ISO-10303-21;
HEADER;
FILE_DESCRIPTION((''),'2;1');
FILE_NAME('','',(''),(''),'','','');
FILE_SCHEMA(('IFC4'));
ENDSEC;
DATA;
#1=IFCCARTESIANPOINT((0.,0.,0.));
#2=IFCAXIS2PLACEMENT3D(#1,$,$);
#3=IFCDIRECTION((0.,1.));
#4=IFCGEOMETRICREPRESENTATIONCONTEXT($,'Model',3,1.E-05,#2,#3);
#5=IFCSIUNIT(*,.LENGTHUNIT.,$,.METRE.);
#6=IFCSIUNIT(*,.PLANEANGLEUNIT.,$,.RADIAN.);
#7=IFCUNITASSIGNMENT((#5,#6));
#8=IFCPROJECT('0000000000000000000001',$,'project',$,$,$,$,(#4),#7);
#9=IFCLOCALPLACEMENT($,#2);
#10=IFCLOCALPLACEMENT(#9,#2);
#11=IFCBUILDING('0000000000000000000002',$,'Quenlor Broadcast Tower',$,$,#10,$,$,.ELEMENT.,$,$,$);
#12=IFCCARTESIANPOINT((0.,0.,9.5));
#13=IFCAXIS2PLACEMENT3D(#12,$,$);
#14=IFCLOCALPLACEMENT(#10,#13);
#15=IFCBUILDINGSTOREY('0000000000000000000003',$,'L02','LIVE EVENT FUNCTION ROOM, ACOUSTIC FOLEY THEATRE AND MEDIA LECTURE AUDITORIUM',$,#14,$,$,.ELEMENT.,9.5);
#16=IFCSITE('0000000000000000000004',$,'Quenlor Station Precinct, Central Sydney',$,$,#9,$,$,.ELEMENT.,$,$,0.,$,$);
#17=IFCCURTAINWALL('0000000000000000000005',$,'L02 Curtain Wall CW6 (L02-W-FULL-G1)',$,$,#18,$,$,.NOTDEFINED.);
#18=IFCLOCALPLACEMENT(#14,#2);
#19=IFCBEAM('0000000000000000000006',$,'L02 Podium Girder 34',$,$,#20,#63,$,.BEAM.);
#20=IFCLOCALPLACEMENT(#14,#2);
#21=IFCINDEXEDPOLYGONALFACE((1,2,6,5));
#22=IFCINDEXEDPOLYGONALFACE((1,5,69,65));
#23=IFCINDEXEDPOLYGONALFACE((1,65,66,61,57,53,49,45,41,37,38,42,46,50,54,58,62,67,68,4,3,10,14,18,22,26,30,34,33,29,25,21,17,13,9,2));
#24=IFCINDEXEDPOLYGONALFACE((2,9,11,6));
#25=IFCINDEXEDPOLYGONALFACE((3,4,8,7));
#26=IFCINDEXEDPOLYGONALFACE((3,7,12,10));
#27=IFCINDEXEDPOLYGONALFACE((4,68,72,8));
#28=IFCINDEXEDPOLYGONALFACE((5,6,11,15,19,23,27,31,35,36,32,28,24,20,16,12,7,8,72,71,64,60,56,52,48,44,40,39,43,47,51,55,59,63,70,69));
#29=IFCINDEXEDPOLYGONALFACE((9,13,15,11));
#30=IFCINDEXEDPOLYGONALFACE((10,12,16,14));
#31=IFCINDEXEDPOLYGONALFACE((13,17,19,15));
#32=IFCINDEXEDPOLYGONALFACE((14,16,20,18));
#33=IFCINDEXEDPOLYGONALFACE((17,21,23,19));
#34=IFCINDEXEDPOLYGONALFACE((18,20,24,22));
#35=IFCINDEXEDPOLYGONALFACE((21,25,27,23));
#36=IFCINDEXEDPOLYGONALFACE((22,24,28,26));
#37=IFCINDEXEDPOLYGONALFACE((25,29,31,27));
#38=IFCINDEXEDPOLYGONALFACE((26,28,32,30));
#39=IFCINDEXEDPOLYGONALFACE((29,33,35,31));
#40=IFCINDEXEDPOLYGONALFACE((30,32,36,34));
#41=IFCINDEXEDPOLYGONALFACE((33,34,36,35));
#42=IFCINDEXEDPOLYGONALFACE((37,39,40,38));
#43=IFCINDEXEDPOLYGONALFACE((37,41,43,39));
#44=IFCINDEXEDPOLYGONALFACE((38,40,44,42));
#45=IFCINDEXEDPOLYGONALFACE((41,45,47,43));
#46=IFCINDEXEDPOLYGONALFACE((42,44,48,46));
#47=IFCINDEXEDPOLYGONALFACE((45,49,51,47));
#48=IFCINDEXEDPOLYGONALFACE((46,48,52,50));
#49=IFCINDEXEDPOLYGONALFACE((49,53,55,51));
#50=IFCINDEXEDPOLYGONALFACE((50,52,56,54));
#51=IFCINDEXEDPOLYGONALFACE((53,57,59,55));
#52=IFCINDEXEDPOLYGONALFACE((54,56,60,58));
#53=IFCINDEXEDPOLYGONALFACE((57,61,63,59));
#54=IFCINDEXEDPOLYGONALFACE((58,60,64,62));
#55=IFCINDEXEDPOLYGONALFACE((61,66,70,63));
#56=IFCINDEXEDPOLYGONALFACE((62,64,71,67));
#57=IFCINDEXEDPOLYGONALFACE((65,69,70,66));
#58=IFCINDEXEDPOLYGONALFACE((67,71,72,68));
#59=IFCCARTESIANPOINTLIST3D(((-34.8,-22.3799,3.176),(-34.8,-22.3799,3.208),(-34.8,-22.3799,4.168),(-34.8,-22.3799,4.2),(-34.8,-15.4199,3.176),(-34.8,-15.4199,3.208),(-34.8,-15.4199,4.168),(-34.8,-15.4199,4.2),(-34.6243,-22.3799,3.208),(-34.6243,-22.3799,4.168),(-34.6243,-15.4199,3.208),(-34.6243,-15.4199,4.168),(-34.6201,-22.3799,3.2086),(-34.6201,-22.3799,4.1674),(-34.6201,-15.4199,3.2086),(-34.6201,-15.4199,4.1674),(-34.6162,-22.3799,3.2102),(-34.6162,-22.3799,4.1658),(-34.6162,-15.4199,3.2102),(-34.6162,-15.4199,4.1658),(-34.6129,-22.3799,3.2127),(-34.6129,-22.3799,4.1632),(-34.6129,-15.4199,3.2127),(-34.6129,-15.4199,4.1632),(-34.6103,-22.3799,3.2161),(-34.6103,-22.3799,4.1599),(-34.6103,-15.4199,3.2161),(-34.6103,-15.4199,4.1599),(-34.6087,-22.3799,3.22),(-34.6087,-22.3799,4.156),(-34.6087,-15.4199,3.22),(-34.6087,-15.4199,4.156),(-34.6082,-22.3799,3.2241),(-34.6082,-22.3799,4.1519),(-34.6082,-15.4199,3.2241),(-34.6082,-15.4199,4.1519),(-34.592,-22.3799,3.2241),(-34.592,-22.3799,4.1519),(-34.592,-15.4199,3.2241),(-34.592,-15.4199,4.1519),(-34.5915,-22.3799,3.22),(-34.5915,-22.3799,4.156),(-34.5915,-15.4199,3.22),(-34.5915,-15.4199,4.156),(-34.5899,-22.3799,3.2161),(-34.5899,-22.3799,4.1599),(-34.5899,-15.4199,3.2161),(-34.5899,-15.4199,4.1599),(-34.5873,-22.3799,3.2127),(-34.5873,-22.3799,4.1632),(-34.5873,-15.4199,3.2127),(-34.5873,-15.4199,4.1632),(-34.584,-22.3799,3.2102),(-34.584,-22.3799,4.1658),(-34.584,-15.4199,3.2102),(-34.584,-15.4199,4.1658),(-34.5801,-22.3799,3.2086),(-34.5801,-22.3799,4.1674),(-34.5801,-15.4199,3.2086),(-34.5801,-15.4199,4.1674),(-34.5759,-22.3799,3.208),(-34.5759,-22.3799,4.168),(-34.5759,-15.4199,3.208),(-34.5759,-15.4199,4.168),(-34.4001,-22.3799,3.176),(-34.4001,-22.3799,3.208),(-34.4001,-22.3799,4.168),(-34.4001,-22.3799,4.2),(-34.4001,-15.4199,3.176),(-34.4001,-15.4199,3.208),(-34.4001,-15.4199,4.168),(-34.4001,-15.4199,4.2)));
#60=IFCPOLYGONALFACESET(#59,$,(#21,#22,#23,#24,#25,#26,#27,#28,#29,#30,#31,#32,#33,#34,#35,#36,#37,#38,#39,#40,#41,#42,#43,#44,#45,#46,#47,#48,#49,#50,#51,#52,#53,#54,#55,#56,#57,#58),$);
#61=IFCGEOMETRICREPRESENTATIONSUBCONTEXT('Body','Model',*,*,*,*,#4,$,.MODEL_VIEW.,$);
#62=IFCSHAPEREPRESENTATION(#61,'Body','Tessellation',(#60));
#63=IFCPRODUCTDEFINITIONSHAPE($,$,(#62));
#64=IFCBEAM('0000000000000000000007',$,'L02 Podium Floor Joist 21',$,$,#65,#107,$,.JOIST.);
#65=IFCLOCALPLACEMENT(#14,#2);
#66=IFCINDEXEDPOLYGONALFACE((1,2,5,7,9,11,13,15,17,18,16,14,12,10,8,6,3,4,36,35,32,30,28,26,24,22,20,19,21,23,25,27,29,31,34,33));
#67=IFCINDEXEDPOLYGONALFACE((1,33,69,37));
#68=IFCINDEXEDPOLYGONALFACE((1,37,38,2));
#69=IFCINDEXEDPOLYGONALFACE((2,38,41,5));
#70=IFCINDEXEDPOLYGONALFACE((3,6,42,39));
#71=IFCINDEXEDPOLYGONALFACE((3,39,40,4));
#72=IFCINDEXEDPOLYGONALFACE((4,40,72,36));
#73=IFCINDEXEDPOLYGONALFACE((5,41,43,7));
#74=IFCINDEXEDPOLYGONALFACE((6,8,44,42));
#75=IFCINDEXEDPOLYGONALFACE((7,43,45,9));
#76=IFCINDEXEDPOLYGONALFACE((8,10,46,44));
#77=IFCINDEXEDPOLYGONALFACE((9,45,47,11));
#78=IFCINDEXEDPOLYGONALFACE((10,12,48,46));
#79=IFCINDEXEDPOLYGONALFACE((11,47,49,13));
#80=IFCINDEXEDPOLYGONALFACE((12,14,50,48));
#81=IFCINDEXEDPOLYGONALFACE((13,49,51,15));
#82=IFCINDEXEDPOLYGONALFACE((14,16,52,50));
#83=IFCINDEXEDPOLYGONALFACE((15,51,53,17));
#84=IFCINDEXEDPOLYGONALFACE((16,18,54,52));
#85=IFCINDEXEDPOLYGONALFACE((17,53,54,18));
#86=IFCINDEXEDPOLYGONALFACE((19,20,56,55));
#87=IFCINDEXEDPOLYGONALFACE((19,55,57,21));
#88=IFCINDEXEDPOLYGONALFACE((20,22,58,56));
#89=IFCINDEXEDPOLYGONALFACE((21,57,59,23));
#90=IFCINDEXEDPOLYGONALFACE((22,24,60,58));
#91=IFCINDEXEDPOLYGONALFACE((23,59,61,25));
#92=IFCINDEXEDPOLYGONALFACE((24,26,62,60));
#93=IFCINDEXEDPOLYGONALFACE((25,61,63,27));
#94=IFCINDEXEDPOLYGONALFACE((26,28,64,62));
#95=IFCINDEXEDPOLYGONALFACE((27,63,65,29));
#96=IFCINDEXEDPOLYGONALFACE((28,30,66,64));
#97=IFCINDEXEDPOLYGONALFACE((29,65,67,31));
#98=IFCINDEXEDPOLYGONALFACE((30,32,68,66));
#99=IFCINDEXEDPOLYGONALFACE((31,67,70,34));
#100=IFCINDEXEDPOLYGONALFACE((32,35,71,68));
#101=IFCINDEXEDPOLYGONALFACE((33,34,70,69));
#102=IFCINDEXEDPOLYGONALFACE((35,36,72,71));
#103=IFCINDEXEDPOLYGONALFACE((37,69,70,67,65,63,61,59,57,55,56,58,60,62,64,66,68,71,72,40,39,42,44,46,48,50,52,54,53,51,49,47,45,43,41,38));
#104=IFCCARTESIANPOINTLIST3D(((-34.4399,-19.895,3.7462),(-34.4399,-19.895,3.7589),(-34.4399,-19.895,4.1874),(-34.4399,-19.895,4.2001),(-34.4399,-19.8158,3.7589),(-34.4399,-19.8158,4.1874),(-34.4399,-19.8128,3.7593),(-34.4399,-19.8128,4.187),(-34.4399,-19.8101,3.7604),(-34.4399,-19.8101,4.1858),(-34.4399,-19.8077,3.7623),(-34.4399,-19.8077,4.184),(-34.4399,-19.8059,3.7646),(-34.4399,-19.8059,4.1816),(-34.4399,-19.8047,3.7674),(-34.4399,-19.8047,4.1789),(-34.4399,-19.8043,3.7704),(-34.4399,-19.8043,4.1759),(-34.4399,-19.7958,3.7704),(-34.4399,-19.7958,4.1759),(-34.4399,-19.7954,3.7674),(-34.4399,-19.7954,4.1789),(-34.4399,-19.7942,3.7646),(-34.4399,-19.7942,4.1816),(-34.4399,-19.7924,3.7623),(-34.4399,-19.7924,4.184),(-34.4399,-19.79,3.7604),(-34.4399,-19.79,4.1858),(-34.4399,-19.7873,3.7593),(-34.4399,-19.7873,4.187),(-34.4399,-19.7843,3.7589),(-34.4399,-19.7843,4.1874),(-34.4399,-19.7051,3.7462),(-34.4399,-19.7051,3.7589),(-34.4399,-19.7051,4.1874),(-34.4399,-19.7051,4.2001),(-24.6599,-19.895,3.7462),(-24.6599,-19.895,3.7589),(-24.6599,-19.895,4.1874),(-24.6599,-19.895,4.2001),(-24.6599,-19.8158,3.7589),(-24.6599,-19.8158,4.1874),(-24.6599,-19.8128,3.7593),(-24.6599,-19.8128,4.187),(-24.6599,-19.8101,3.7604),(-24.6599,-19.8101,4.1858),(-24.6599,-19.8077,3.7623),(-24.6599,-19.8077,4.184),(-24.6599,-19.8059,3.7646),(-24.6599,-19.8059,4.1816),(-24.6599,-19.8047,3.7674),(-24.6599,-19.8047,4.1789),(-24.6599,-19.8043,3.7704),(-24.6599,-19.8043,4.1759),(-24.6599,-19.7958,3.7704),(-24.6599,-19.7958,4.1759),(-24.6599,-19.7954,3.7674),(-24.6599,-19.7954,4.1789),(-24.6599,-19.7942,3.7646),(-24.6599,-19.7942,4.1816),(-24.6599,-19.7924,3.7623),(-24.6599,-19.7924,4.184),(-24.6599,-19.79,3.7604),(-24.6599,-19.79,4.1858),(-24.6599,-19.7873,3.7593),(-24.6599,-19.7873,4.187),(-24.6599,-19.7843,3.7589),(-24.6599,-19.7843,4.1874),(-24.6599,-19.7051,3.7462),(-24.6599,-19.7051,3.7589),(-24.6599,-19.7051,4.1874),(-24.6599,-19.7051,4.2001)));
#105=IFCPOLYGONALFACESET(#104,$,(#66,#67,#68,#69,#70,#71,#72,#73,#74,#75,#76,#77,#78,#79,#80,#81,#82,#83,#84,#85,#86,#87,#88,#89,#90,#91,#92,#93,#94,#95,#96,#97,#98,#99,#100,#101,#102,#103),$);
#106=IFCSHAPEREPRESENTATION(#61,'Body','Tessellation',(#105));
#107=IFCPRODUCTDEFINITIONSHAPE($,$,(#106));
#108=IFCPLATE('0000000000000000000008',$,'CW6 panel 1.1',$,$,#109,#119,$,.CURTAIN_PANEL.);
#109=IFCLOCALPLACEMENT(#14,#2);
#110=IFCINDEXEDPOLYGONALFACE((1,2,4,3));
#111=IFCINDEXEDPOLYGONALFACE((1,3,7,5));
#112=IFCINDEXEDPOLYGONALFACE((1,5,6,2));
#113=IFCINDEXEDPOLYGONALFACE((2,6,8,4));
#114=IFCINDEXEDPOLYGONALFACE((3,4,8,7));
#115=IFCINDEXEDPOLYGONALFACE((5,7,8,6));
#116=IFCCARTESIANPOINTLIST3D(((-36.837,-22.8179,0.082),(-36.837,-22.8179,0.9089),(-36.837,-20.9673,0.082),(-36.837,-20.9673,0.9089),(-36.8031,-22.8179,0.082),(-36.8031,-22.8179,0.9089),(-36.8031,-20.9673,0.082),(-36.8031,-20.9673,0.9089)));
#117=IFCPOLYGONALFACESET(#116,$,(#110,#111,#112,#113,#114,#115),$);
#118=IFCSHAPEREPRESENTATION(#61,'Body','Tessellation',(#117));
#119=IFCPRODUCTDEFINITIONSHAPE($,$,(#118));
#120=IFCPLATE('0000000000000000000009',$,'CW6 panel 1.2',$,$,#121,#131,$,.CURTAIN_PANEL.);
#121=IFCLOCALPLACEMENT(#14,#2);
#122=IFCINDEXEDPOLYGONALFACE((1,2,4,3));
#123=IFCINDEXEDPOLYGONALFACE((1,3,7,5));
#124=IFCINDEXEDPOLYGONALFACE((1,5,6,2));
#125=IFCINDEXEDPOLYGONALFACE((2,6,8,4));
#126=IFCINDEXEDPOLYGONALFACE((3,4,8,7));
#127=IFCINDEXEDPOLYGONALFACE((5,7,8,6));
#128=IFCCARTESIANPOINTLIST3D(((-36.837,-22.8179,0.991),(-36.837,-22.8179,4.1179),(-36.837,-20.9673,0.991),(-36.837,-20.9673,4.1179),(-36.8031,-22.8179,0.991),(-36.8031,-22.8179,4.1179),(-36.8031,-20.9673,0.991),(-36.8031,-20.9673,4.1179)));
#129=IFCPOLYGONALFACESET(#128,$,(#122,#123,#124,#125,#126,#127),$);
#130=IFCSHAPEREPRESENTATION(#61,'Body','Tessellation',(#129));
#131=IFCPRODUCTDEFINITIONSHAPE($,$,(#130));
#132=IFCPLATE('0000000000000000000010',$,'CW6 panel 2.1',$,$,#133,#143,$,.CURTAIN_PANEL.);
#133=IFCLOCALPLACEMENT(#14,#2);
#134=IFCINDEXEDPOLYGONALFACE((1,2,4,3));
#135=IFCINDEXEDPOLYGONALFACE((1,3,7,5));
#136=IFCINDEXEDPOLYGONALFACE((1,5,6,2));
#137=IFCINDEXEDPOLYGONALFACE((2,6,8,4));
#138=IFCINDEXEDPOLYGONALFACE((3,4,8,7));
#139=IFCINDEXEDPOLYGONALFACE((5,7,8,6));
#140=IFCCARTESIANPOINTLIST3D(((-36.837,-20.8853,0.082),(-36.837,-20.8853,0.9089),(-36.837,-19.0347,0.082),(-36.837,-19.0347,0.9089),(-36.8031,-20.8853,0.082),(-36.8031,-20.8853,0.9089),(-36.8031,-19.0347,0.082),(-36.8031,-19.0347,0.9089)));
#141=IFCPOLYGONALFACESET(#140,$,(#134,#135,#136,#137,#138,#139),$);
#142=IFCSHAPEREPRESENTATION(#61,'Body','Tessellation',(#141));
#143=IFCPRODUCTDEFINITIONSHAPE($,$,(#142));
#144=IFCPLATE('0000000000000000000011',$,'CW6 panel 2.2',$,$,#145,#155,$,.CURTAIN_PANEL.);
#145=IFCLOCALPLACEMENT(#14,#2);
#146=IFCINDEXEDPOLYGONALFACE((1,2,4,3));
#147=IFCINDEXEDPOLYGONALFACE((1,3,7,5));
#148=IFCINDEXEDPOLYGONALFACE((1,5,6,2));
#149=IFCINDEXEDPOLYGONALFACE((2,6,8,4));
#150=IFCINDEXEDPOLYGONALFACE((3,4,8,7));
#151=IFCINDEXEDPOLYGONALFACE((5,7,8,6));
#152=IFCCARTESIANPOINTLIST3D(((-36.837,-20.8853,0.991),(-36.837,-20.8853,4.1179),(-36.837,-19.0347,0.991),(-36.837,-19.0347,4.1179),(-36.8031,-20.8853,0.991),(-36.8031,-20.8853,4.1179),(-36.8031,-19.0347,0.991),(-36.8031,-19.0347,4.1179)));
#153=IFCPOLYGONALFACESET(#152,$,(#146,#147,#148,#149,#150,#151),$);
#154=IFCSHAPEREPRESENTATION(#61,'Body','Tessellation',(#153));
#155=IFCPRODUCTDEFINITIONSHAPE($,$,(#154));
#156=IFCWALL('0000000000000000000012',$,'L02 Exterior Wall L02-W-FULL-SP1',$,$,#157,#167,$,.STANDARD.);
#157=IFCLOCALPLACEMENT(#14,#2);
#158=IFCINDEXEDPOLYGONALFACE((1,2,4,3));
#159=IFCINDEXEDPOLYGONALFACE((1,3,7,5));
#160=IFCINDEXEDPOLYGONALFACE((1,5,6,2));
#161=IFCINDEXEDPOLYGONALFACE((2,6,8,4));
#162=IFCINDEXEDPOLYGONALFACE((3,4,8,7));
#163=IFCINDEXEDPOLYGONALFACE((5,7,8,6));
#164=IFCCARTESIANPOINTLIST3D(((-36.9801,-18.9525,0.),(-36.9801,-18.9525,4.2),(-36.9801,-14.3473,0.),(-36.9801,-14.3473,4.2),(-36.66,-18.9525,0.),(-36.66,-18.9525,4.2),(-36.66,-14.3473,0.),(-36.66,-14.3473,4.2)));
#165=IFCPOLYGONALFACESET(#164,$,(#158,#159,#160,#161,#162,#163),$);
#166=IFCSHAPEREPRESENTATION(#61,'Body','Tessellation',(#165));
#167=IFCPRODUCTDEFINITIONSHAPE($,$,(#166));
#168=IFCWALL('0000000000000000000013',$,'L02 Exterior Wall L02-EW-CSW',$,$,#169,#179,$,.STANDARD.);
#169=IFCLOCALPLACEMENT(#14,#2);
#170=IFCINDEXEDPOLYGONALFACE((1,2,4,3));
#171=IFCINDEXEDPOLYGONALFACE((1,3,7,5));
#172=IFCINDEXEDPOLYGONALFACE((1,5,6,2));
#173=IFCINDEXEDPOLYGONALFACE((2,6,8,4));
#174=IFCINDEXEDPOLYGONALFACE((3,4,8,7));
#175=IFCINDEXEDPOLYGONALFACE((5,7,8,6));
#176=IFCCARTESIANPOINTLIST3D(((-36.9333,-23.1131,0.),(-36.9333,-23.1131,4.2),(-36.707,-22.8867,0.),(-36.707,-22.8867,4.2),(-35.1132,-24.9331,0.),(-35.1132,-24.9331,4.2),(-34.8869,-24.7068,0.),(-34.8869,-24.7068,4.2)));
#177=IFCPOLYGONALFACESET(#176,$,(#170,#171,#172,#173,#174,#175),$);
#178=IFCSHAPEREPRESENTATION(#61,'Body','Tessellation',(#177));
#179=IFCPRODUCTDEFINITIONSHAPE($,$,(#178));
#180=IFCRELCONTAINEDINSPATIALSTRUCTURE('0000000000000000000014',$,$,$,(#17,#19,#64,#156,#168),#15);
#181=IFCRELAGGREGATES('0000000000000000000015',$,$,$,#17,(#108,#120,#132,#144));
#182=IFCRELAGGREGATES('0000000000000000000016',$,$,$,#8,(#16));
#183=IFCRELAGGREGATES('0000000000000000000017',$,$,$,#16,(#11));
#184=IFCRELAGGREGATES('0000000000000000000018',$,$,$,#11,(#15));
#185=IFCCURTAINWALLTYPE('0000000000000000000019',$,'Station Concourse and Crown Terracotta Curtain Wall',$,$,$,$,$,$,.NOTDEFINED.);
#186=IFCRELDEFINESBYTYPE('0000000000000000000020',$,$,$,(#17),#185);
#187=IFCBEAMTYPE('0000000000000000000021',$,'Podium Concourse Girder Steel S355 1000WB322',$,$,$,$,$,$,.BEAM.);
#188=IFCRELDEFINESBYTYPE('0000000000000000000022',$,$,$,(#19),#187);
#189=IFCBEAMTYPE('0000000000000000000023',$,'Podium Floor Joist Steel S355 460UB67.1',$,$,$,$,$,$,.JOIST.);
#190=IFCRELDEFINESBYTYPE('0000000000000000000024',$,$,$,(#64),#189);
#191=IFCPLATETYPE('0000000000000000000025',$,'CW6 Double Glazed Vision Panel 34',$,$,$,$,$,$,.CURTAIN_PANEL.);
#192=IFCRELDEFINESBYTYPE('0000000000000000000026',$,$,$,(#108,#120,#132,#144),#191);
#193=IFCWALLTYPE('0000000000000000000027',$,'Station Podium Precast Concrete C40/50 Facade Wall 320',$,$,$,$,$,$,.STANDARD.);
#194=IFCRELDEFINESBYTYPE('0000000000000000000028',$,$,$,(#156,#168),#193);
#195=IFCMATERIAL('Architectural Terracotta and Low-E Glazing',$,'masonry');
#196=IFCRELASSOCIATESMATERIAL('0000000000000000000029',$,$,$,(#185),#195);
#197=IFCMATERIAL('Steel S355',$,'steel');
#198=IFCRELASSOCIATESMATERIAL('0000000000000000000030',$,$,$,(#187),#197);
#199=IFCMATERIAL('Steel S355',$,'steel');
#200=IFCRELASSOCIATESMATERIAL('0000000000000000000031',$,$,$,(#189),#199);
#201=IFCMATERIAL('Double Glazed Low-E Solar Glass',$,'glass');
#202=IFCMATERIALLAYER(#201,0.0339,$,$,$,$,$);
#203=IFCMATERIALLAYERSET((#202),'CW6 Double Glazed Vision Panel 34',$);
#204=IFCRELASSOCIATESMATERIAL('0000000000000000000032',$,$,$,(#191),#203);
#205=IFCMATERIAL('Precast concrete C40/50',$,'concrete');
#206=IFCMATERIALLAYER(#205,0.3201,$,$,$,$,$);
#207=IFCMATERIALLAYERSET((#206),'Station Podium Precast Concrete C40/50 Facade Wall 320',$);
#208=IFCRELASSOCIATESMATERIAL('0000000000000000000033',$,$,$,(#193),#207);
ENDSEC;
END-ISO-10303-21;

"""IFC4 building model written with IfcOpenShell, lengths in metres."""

from ifc_helpers import new_model, si_unit, direction, frame, frame_2d, origin, origin_2d, place, context, subcontext, project, spatial, rectangle, i_section, extrude, material, layer, layer_set, material_profile, profile_set, type_object, element, aggregate, save


model = new_model("IFC4")

# Units and contexts
model_context = context("Model", 3, precision=1e-05, world=origin(), true_north=direction((0.0, 1.0)))
body_context = subcontext(model_context, "Body", "Model", "MODEL_VIEW")
ifc_project = project(units=[si_unit("LENGTHUNIT", "METRE"), si_unit("PLANEANGLEUNIT", "RADIAN")], contexts=[model_context])

# Site, building, storey
site_placement = place(None, origin())
site = spatial("IfcSite", under=ifc_project, at=site_placement, Name="Quenlor Station Precinct, Central Sydney", CompositionType="ELEMENT", RefElevation=0.0)
building_placement = place(site_placement, origin())
building = spatial("IfcBuilding", under=site, at=building_placement, Name="Quenlor Broadcast Tower", CompositionType="ELEMENT")
storey_placement = place(building_placement, frame((0.0, 0.0, 9.5)))
storey = spatial("IfcBuildingStorey", under=building, at=storey_placement, Name="L02", Description="LIVE EVENT FUNCTION ROOM, ACOUSTIC FOLEY THEATRE AND MEDIA LECTURE AUDITORIUM", CompositionType="ELEMENT", Elevation=9.5)

# Shared definitions
ifc_material_1 = material(Name="Architectural Terracotta and Low-E Glazing", Category="masonry")
curtain_wall_type = type_object("IfcCurtainWallType", Name="Station Concourse and Crown Terracotta Curtain Wall", PredefinedType="NOTDEFINED", material=ifc_material_1)

# Curtain wall
curtain_wall_1_placement = place(storey_placement, origin())
curtain_wall_1 = element("IfcCurtainWall", 1, at=curtain_wall_1_placement, inside=storey, type_object=curtain_wall_type, Name="L02 Curtain Wall CW6 (L02-W-FULL-G1)", PredefinedType="NOTDEFINED")

# Beams
ifc_material_2 = material(Name="Steel S355", Category="steel")
ifc_material_profile_1 = material_profile(ifc_material_2, i_section(OverallWidth=0.3999, OverallDepth=1.0239, WebThickness=0.0161, FlangeThickness=0.032, FilletRadius=0.0161, at=origin_2d()))
ifc_profile_set_1 = profile_set([ifc_material_profile_1], Name="Steel S355 1000WB322")
beam_type_1 = type_object("IfcBeamType", Name="Podium Concourse Girder Steel S355 1000WB322", PredefinedType="BEAM", material=ifc_profile_set_1)
beam_1_placement = place(storey_placement, frame((-34.6001, -22.3799, 3.688), z_axis=(0.0, 1.0, 0.0), x_axis=(-1.0, 0.0, 0.0)))
element("IfcBeam", 2, at=beam_1_placement, inside=storey, type_object=beam_type_1, Name="L02 Podium Girder 34", PredefinedType="BEAM", context=body_context, shape_type="SweptSolid", body=[
    extrude(i_section(OverallWidth=0.3999, OverallDepth=1.0239, WebThickness=0.0161, FlangeThickness=0.032, FilletRadius=0.0161, at=origin_2d()), origin(), (0.0, 0.0, 1.0), 6.96),
])
ifc_material_3 = material(Name="Steel S355", Category="steel")
ifc_material_profile_2 = material_profile(ifc_material_3, i_section(OverallWidth=0.1899, OverallDepth=0.4539, WebThickness=0.0085, FlangeThickness=0.0127, FilletRadius=0.0115, at=origin_2d()))
ifc_profile_set_2 = profile_set([ifc_material_profile_2], Name="Steel S355 460UB67.1")
beam_type_2 = type_object("IfcBeamType", Name="Podium Floor Joist Steel S355 460UB67.1", PredefinedType="JOIST", material=ifc_profile_set_2)
beam_2_placement = place(storey_placement, frame((-34.4399, -19.8, 3.9731), z_axis=(1.0, 0.0, 0.0), x_axis=(0.0, 1.0, 0.0)))
element("IfcBeam", 3, at=beam_2_placement, inside=storey, type_object=beam_type_2, Name="L02 Podium Floor Joist 21", PredefinedType="JOIST", context=body_context, shape_type="SweptSolid", body=[
    extrude(i_section(OverallWidth=0.1899, OverallDepth=0.4539, WebThickness=0.0085, FlangeThickness=0.0127, FilletRadius=0.0115, at=origin_2d()), origin(), (0.0, 0.0, 1.0), 9.78),
])

# Plates
ifc_material_4 = material(Name="Double Glazed Low-E Solar Glass", Category="glass")
ifc_layer_1 = layer(ifc_material_4, 0.0339)
ifc_layer_set_1 = layer_set([ifc_layer_1], Name="CW6 Double Glazed Vision Panel 34")
plate_type = type_object("IfcPlateType", Name="CW6 Double Glazed Vision Panel 34", PredefinedType="CURTAIN_PANEL", material=ifc_layer_set_1)
plate_1_placement = place(storey_placement, frame((-36.8201, -21.8926, 0.082), z_axis=(0.0, 0.0, 1.0), x_axis=(0.0, 1.0, 0.0)))
plate_1 = element("IfcPlate", 4, at=plate_1_placement, type_object=plate_type, Name="CW6 panel 1.1", PredefinedType="CURTAIN_PANEL", context=body_context, shape_type="SweptSolid", body=[
    extrude(rectangle(XDim=1.8506, YDim=0.0339, at=origin_2d()), origin(), (0.0, 0.0, 1.0), 0.8269),
])
plate_2_placement = place(storey_placement, frame((-36.8201, -21.8926, 0.991), z_axis=(0.0, 0.0, 1.0), x_axis=(0.0, 1.0, 0.0)))
plate_2 = element("IfcPlate", 5, at=plate_2_placement, type_object=plate_type, Name="CW6 panel 1.2", PredefinedType="CURTAIN_PANEL", context=body_context, shape_type="SweptSolid", body=[
    extrude(rectangle(XDim=1.8506, YDim=0.0339, at=origin_2d()), origin(), (0.0, 0.0, 1.0), 3.127),
])
plate_3_placement = place(storey_placement, frame((-36.8201, -19.96, 0.082), z_axis=(0.0, 0.0, 1.0), x_axis=(0.0, 1.0, 0.0)))
plate_3 = element("IfcPlate", 6, at=plate_3_placement, type_object=plate_type, Name="CW6 panel 2.1", PredefinedType="CURTAIN_PANEL", context=body_context, shape_type="SweptSolid", body=[
    extrude(rectangle(XDim=1.8506, YDim=0.0339, at=origin_2d()), origin(), (0.0, 0.0, 1.0), 0.8269),
])
plate_4_placement = place(storey_placement, frame((-36.8201, -19.96, 0.991), z_axis=(0.0, 0.0, 1.0), x_axis=(0.0, 1.0, 0.0)))
plate_4 = element("IfcPlate", 7, at=plate_4_placement, type_object=plate_type, Name="CW6 panel 2.2", PredefinedType="CURTAIN_PANEL", context=body_context, shape_type="SweptSolid", body=[
    extrude(rectangle(XDim=1.8506, YDim=0.0339, at=origin_2d()), origin(), (0.0, 0.0, 1.0), 3.127),
])
aggregate(curtain_wall_1, [plate_1, plate_2, plate_3, plate_4])

# Walls
ifc_material_5 = material(Name="Precast concrete C40/50", Category="concrete")
ifc_layer_2 = layer(ifc_material_5, 0.3201)
ifc_layer_set_2 = layer_set([ifc_layer_2], Name="Station Podium Precast Concrete C40/50 Facade Wall 320")
wall_type = type_object("IfcWallType", Name="Station Podium Precast Concrete C40/50 Facade Wall 320", PredefinedType="STANDARD", material=ifc_layer_set_2)
wall_1_placement = place(storey_placement, frame((-36.8201, -18.9526, 0.0), z_axis=(0.0, 0.0, 1.0), x_axis=(0.0, 1.0, 0.0)))
element("IfcWall", 8, at=wall_1_placement, inside=storey, type_object=wall_type, Name="L02 Exterior Wall L02-W-FULL-SP1", PredefinedType="STANDARD", context=body_context, shape_type="SweptSolid", body=[
    extrude(rectangle(XDim=4.6052, YDim=0.3201, at=frame_2d((2.3027, 0.0))), origin(), (0.0, 0.0, 1.0), 4.2),
])
wall_2_placement = place(storey_placement, frame((-35.0, -24.8201, 0.0), z_axis=(0.0, 0.0, 1.0), x_axis=(-0.707107, 0.707107, 0.0)))
element("IfcWall", 9, at=wall_2_placement, inside=storey, type_object=wall_type, Name="L02 Exterior Wall L02-EW-CSW", PredefinedType="STANDARD", context=body_context, shape_type="SweptSolid", body=[
    extrude(rectangle(XDim=2.574, YDim=0.3201, at=frame_2d((1.2871, 0.0))), origin(), (0.0, 0.0, 1.0), 4.2),
])

save(model, "model.ifc")
